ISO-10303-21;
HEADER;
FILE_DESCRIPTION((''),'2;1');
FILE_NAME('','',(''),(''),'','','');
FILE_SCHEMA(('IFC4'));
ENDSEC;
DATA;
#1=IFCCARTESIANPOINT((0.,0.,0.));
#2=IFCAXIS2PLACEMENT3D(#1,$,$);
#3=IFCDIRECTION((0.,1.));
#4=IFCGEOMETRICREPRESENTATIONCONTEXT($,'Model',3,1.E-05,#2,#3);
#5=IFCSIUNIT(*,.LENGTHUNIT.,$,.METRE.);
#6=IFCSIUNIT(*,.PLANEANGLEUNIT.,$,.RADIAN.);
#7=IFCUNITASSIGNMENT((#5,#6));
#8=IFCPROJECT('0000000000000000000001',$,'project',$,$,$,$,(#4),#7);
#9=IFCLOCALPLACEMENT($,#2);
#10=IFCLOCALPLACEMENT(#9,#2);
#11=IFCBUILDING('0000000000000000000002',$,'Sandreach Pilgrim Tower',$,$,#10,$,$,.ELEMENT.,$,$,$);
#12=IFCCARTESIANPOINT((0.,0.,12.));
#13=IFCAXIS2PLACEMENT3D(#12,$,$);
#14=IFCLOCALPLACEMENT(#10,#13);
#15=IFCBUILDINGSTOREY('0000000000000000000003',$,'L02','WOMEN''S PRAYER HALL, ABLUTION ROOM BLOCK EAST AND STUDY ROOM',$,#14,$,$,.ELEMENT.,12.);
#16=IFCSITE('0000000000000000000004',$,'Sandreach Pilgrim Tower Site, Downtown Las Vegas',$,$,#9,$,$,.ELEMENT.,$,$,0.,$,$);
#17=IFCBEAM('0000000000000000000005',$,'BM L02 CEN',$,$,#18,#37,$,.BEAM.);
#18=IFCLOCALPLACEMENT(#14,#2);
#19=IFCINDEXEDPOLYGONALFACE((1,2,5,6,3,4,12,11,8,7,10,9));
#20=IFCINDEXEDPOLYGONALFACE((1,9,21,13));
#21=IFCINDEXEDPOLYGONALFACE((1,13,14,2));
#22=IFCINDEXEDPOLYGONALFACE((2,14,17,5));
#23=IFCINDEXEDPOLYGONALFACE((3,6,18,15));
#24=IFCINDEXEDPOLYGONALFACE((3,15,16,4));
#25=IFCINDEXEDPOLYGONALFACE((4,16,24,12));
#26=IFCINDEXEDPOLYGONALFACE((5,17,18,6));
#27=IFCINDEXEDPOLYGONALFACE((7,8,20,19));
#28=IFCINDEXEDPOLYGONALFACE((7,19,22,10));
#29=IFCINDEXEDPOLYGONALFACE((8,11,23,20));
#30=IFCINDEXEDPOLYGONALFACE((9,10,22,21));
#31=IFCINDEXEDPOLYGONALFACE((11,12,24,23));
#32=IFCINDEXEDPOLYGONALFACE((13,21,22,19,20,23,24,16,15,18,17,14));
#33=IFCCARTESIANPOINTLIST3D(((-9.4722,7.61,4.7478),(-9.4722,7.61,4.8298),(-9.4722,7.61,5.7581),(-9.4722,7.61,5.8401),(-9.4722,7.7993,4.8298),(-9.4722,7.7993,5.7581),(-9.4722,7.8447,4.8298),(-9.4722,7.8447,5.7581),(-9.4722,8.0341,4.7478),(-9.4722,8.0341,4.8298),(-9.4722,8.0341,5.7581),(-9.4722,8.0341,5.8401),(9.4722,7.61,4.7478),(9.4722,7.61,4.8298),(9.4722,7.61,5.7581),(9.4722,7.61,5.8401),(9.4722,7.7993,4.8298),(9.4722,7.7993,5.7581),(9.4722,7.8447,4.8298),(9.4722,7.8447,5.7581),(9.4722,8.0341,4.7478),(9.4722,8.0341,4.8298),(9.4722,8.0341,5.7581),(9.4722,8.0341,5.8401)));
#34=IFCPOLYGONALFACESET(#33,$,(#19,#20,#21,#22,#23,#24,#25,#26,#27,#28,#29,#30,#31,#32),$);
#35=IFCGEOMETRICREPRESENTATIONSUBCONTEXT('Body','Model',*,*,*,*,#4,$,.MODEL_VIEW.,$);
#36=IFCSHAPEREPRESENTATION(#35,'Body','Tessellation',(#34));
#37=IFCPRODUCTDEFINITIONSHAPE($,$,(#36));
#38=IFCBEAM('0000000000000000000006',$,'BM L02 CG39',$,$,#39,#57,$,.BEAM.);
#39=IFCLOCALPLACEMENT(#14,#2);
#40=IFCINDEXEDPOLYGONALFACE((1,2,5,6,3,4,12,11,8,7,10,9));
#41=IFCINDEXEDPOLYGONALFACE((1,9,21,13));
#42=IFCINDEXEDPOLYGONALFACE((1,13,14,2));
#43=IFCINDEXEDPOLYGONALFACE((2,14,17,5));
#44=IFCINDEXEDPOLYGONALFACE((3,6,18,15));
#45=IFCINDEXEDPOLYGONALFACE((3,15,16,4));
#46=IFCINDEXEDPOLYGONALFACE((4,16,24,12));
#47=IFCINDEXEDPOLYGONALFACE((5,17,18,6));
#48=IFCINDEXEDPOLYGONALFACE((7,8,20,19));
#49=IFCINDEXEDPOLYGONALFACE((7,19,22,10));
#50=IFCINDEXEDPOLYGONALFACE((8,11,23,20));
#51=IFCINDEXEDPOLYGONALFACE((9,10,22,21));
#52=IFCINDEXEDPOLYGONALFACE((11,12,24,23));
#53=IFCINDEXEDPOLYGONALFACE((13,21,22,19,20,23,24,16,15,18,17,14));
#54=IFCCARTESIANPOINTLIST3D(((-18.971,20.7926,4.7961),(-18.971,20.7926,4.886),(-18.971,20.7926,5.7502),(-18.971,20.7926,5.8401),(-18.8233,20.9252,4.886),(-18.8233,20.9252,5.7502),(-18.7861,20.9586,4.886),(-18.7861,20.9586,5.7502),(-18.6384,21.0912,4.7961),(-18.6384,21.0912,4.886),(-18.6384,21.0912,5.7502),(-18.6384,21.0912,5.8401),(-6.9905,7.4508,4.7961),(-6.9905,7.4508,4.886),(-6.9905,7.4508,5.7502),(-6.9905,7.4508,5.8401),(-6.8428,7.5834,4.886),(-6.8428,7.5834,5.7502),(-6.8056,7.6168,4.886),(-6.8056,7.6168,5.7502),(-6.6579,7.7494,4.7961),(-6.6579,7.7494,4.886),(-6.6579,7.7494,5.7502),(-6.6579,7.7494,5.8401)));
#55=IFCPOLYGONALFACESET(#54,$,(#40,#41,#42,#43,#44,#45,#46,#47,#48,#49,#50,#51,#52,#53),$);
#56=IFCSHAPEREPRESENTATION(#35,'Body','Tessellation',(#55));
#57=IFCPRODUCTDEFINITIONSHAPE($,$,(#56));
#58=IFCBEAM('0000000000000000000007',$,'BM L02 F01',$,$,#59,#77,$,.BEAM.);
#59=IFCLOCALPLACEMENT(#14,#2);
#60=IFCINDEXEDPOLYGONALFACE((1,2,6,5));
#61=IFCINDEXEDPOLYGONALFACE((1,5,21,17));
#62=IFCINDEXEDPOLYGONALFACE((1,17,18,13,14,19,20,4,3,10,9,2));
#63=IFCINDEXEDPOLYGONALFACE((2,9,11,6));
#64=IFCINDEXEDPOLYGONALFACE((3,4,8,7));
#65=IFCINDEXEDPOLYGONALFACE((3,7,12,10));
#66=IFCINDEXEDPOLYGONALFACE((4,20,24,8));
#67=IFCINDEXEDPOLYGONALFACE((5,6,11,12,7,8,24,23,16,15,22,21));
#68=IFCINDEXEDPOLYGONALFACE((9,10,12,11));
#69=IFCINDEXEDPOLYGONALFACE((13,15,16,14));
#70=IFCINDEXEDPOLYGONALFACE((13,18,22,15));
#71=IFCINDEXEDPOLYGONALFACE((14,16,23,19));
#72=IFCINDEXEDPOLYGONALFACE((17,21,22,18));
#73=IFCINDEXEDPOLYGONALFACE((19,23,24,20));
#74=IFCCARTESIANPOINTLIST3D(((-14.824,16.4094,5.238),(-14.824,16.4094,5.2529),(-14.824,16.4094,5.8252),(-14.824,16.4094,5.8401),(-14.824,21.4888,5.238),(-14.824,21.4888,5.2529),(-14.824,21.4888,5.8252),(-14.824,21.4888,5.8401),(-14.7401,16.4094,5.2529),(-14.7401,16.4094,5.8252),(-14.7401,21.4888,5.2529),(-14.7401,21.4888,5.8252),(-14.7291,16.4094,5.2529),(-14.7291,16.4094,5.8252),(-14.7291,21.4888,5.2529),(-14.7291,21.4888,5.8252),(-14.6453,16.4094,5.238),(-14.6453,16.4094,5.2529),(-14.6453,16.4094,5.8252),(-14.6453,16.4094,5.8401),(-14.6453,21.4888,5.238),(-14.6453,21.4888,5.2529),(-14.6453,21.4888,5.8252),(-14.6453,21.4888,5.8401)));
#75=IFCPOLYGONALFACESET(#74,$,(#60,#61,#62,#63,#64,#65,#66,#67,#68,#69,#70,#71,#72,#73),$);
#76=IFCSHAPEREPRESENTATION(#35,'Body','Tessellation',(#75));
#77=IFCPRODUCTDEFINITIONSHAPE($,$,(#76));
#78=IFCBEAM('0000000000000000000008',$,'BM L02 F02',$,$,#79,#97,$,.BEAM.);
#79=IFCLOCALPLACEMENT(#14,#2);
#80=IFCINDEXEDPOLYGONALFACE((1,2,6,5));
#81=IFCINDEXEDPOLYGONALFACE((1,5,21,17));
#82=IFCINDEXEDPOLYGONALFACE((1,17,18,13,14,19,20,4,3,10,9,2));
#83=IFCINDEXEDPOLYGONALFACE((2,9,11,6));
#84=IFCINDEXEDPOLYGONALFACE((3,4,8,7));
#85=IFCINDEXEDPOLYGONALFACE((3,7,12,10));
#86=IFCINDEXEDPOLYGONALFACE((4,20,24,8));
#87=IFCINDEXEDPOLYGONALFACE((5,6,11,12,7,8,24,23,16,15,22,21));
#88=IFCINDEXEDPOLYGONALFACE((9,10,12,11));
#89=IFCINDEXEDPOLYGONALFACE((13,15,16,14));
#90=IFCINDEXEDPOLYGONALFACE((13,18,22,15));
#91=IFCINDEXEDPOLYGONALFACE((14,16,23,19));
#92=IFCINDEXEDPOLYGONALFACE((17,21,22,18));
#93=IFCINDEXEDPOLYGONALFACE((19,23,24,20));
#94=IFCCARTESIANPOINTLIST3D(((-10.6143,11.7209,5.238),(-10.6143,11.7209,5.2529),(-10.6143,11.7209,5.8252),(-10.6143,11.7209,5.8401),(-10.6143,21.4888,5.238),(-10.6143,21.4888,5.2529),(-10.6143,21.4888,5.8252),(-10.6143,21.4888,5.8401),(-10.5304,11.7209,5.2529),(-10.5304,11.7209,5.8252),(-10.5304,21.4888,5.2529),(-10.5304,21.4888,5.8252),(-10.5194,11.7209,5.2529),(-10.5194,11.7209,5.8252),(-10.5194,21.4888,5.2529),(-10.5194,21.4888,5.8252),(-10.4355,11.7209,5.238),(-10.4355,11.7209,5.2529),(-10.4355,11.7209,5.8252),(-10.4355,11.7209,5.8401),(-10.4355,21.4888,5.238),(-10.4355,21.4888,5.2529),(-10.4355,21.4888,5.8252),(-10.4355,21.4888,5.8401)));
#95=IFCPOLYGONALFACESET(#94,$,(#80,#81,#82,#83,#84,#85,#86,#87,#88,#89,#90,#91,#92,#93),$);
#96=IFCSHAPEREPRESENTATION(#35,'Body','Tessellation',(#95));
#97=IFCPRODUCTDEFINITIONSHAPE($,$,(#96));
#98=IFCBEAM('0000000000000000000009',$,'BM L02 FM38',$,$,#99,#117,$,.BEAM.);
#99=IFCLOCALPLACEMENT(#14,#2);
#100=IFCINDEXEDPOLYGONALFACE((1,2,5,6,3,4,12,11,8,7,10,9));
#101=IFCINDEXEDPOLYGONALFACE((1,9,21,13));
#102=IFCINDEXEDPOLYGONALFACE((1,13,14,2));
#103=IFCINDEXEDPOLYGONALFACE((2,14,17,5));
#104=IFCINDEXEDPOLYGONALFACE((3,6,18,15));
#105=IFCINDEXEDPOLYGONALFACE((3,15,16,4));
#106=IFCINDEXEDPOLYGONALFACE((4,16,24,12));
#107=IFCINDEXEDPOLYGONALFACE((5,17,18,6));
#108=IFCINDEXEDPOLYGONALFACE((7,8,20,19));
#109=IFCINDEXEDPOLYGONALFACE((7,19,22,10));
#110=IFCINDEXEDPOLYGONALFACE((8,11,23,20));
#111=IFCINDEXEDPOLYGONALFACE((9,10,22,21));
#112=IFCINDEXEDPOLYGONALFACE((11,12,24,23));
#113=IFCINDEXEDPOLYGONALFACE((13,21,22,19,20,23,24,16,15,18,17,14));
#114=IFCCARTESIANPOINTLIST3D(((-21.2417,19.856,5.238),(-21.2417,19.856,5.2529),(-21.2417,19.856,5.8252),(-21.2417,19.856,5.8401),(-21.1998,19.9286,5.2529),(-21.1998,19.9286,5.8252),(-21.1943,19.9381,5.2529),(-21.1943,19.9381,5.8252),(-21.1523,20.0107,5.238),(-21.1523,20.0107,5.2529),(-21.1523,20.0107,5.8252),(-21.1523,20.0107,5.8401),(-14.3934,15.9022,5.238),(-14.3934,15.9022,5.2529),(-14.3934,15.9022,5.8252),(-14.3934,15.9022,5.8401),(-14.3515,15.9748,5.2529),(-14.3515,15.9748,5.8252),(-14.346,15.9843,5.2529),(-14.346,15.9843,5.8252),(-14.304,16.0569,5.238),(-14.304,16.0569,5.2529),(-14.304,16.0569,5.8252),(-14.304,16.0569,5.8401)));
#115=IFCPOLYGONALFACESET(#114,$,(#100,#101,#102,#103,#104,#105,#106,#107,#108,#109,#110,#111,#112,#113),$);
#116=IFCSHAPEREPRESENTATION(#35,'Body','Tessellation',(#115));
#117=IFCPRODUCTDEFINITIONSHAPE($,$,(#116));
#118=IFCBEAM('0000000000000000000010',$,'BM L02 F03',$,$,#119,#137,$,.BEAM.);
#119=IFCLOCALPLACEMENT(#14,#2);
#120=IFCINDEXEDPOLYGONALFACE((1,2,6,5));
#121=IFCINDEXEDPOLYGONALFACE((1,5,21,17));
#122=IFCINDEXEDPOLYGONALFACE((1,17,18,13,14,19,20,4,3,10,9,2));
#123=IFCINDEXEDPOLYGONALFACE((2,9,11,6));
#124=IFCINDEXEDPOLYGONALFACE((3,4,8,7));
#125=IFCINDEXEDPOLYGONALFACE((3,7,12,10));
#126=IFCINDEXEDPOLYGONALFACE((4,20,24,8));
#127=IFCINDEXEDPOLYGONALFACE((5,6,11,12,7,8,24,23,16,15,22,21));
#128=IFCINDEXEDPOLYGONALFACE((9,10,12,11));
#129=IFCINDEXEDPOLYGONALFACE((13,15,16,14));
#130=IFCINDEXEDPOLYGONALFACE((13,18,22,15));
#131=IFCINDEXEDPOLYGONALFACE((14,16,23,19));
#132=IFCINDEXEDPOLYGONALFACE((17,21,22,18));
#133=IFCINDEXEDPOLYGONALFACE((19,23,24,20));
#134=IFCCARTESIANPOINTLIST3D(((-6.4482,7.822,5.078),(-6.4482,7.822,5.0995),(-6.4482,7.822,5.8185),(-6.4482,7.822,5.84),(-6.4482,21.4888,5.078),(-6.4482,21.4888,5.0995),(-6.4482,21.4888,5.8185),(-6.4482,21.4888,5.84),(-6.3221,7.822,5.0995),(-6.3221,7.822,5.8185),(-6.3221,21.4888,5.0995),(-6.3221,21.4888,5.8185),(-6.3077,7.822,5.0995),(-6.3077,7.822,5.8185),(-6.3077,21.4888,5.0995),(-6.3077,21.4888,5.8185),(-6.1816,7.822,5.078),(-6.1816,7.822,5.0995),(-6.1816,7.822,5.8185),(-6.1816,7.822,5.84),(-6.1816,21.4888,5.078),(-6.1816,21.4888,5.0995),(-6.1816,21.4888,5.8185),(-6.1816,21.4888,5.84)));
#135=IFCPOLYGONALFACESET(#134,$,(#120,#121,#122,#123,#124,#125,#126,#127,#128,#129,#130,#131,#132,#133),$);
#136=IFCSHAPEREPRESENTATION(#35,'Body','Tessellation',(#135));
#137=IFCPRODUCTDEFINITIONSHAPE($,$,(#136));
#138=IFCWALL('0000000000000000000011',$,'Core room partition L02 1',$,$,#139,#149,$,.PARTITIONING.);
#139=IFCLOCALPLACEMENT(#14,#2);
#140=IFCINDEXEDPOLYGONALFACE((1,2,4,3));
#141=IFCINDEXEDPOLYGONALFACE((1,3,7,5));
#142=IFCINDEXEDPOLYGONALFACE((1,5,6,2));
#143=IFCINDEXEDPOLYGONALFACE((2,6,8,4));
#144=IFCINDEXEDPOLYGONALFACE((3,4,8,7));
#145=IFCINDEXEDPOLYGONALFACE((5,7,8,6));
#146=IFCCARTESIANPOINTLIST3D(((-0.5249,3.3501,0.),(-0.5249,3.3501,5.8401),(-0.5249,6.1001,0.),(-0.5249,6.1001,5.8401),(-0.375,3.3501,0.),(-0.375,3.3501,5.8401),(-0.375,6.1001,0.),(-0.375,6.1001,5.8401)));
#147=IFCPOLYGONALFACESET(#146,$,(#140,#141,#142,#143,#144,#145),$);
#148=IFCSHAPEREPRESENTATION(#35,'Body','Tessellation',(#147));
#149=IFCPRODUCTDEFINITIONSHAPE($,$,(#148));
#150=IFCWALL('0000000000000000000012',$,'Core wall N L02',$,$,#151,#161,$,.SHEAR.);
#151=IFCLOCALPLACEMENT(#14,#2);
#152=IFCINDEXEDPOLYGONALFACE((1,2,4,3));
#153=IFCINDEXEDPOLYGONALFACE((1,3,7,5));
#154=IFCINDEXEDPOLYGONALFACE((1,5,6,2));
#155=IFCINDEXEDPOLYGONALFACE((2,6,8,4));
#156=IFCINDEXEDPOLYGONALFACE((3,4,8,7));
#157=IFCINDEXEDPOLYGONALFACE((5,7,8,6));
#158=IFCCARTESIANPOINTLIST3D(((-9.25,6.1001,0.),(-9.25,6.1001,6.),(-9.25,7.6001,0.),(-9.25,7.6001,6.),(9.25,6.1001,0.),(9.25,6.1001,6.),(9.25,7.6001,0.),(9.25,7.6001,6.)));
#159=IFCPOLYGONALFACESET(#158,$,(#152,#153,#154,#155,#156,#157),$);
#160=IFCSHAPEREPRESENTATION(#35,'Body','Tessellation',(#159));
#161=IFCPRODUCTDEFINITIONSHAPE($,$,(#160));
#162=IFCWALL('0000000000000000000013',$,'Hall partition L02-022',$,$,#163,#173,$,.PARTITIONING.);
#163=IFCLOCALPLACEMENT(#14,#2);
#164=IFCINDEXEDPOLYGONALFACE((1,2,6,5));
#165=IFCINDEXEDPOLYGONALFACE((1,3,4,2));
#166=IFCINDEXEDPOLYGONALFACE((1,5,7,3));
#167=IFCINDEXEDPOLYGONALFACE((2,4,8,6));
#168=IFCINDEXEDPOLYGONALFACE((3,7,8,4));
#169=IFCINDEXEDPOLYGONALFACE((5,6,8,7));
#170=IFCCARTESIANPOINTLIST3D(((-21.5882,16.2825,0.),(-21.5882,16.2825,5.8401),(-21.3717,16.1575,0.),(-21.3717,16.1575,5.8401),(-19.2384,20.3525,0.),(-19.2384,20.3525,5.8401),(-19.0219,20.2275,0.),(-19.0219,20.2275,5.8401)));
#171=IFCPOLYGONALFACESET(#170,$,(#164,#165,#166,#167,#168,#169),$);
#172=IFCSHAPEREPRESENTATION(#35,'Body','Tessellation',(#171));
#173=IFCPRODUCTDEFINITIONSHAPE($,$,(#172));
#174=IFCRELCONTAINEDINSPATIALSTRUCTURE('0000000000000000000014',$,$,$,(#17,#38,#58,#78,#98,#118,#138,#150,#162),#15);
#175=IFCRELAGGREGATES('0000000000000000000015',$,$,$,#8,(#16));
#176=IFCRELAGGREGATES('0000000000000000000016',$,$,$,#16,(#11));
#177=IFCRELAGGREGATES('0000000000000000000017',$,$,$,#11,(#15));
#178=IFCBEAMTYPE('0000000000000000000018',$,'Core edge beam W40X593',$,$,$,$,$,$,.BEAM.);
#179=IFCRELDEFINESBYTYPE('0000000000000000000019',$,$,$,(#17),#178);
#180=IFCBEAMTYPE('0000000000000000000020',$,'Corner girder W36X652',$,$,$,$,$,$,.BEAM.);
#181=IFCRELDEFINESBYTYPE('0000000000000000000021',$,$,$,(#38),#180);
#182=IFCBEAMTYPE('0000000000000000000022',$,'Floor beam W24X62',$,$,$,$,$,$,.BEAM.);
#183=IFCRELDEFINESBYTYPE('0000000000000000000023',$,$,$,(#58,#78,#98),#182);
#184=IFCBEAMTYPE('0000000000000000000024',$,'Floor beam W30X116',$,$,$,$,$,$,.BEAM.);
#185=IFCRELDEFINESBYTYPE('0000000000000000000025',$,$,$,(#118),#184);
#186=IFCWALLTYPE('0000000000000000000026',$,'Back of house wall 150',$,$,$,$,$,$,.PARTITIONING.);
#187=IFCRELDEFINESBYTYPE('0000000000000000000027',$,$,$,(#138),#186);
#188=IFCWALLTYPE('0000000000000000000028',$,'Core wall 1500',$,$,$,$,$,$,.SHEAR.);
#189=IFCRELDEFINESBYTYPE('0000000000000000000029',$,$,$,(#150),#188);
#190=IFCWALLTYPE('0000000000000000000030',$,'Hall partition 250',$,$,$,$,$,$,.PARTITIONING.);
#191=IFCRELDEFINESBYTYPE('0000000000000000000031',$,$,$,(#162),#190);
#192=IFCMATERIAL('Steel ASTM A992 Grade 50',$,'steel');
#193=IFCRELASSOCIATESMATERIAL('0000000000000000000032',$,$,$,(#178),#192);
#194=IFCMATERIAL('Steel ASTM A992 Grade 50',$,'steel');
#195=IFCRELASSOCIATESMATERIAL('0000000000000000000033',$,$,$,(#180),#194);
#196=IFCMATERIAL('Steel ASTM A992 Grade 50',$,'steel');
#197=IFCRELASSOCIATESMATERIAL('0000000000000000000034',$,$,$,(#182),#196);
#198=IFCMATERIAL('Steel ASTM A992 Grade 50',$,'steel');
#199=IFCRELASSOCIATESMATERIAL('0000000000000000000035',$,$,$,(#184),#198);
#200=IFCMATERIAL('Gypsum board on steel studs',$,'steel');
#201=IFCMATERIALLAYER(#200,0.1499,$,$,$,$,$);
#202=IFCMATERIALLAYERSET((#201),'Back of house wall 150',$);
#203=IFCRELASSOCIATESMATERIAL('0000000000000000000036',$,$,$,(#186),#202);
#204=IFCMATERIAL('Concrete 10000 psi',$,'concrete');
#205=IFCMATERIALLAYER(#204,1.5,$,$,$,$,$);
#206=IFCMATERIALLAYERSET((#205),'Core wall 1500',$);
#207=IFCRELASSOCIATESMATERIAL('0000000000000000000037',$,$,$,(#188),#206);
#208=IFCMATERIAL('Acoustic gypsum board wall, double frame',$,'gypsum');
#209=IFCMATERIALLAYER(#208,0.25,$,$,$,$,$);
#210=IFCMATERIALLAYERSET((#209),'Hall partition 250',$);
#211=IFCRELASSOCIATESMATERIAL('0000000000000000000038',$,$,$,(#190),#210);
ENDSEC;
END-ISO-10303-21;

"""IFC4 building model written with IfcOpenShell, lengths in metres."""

from ifc_helpers import new_model, si_unit, direction, frame, frame_2d, origin, origin_2d, place, context, subcontext, project, spatial, rectangle, i_section, extrude, material, layer, layer_set, material_profile, profile_set, type_object, element, save


model = new_model("IFC4")

# Units and contexts
model_context = context("Model", 3, precision=1e-05, world=origin(), true_north=direction((0.0, 1.0)))
body_context = subcontext(model_context, "Body", "Model", "MODEL_VIEW")
ifc_project = project(units=[si_unit("LENGTHUNIT", "METRE"), si_unit("PLANEANGLEUNIT", "RADIAN")], contexts=[model_context])

# Site, building, storey
site_placement = place(None, origin())
site = spatial("IfcSite", under=ifc_project, at=site_placement, Name="Sandreach Pilgrim Tower Site, Downtown Las Vegas", CompositionType="ELEMENT", RefElevation=0.0)
building_placement = place(site_placement, origin())
building = spatial("IfcBuilding", under=site, at=building_placement, Name="Sandreach Pilgrim Tower", CompositionType="ELEMENT")
storey_placement = place(building_placement, frame((0.0, 0.0, 12.0)))
storey = spatial("IfcBuildingStorey", under=building, at=storey_placement, Name="L02", Description="WOMEN'S PRAYER HALL, ABLUTION ROOM BLOCK EAST AND STUDY ROOM", CompositionType="ELEMENT", Elevation=12.0)

# Beams
ifc_material_1 = material(Name="Steel ASTM A992 Grade 50", Category="steel")
ifc_material_profile_1 = material_profile(ifc_material_1, i_section(OverallWidth=0.4241, OverallDepth=1.0923, WebThickness=0.0454, FlangeThickness=0.082, at=origin_2d()), Name="W40X593")
ifc_profile_set_1 = profile_set([ifc_material_profile_1], Name="Steel ASTM A992 Grade 50")
beam_type_1 = type_object("IfcBeamType", Name="Core edge beam W40X593", PredefinedType="BEAM", material=ifc_profile_set_1)
beam_1_placement = place(storey_placement, frame((-9.4722, 7.822, 5.2939), z_axis=(1.0, 0.0, 0.0), x_axis=(0.0, 1.0, 0.0)))
element("IfcBeam", 1, at=beam_1_placement, inside=storey, type_object=beam_type_1, Name="BM L02 CEN", PredefinedType="BEAM", context=body_context, shape_type="SweptSolid", body=[
    extrude(i_section(OverallWidth=0.4241, OverallDepth=1.0923, WebThickness=0.0454, FlangeThickness=0.082, at=origin_2d()), origin(), (0.0, 0.0, 1.0), 18.9443),
])
ifc_material_2 = material(Name="Steel ASTM A992 Grade 50", Category="steel")
ifc_material_profile_2 = material_profile(ifc_material_2, i_section(OverallWidth=0.447, OverallDepth=1.0439, WebThickness=0.05, FlangeThickness=0.0898, at=origin_2d()), Name="W36X652")
ifc_profile_set_2 = profile_set([ifc_material_profile_2], Name="Steel ASTM A992 Grade 50")
beam_type_2 = type_object("IfcBeamType", Name="Corner girder W36X652", PredefinedType="BEAM", material=ifc_profile_set_2)
beam_2_placement = place(storey_placement, frame((-18.8047, 20.9419, 5.3181), z_axis=(0.668128, -0.744047, 0.0), x_axis=(0.744047, 0.668128, 0.0)))
element("IfcBeam", 2, at=beam_2_placement, inside=storey, type_object=beam_type_2, Name="BM L02 CG39", PredefinedType="BEAM", context=body_context, shape_type="SweptSolid", body=[
    extrude(i_section(OverallWidth=0.447, OverallDepth=1.0439, WebThickness=0.05, FlangeThickness=0.0898, at=origin_2d()), origin(), (0.0, 0.0, 1.0), 17.9314),
])
ifc_material_3 = material(Name="Steel ASTM A992 Grade 50", Category="steel")
ifc_material_profile_3 = material_profile(ifc_material_3, i_section(OverallWidth=0.1787, OverallDepth=0.6021, WebThickness=0.011, FlangeThickness=0.0149, at=origin_2d()), Name="W24X62")
ifc_profile_set_3 = profile_set([ifc_material_profile_3], Name="Steel ASTM A992 Grade 50")
beam_type_3 = type_object("IfcBeamType", Name="Floor beam W24X62", PredefinedType="BEAM", material=ifc_profile_set_3)
beam_3_placement = place(storey_placement, frame((-14.7346, 21.4888, 5.5391), z_axis=(0.0, -1.0, 0.0), x_axis=(1.0, 0.0, 0.0)))
element("IfcBeam", 3, at=beam_3_placement, inside=storey, type_object=beam_type_3, Name="BM L02 F01", PredefinedType="BEAM", context=body_context, shape_type="SweptSolid", body=[
    extrude(i_section(OverallWidth=0.1787, OverallDepth=0.6021, WebThickness=0.011, FlangeThickness=0.0149, at=origin_2d()), origin(), (0.0, 0.0, 1.0), 5.0793),
])
beam_4_placement = place(storey_placement, frame((-10.5249, 21.4888, 5.5391), z_axis=(0.0, -1.0, 0.0), x_axis=(1.0, 0.0, 0.0)))
element("IfcBeam", 4, at=beam_4_placement, inside=storey, type_object=beam_type_3, Name="BM L02 F02", PredefinedType="BEAM", context=body_context, shape_type="SweptSolid", body=[
    extrude(i_section(OverallWidth=0.1787, OverallDepth=0.6021, WebThickness=0.011, FlangeThickness=0.0149, at=origin_2d()), origin(), (0.0, 0.0, 1.0), 9.7678),
])
beam_5_placement = place(storey_placement, frame((-21.197, 19.9333, 5.5391), z_axis=(0.866029, -0.499994, 0.0), x_axis=(0.499994, 0.866029, 0.0)))
element("IfcBeam", 5, at=beam_5_placement, inside=storey, type_object=beam_type_3, Name="BM L02 FM38", PredefinedType="BEAM", context=body_context, shape_type="SweptSolid", body=[
    extrude(i_section(OverallWidth=0.1787, OverallDepth=0.6021, WebThickness=0.011, FlangeThickness=0.0149, at=origin_2d()), origin(), (0.0, 0.0, 1.0), 7.9077),
])
ifc_material_4 = material(Name="Steel ASTM A992 Grade 50", Category="steel")
ifc_material_profile_4 = material_profile(ifc_material_4, i_section(OverallWidth=0.2666, OverallDepth=0.762, WebThickness=0.0144, FlangeThickness=0.0215, at=origin_2d()), Name="W30X116")
ifc_profile_set_4 = profile_set([ifc_material_profile_4], Name="Steel ASTM A992 Grade 50")
beam_type_4 = type_object("IfcBeamType", Name="Floor beam W30X116", PredefinedType="BEAM", material=ifc_profile_set_4)
beam_6_placement = place(storey_placement, frame((-6.3149, 21.4888, 5.459), z_axis=(0.0, -1.0, 0.0), x_axis=(1.0, 0.0, 0.0)))
element("IfcBeam", 6, at=beam_6_placement, inside=storey, type_object=beam_type_4, Name="BM L02 F03", PredefinedType="BEAM", context=body_context, shape_type="SweptSolid", body=[
    extrude(i_section(OverallWidth=0.2666, OverallDepth=0.762, WebThickness=0.0144, FlangeThickness=0.0215, at=origin_2d()), origin(), (0.0, 0.0, 1.0), 13.6667),
])

# Wall
ifc_material_5 = material(Name="Gypsum board on steel studs", Category="steel")
ifc_layer_1 = layer(ifc_material_5, 0.1499)
ifc_layer_set_1 = layer_set([ifc_layer_1], Name="Back of house wall 150")
wall_type_1 = type_object("IfcWallType", Name="Back of house wall 150", PredefinedType="PARTITIONING", material=ifc_layer_set_1)
wall_1_placement = place(storey_placement, frame((-0.45, 3.3501, 0.0), z_axis=(0.0, 0.0, 1.0), x_axis=(0.0, 1.0, 0.0)))
element("IfcWall", 7, at=wall_1_placement, inside=storey, type_object=wall_type_1, Name="Core room partition L02 1", PredefinedType="PARTITIONING", context=body_context, shape_type="SweptSolid", body=[
    extrude(rectangle(XDim=2.75, YDim=0.1499, at=frame_2d((1.375, 0.0))), origin(), (0.0, 0.0, 1.0), 5.8401),
])

# Walls
ifc_material_6 = material(Name="Concrete 10000 psi", Category="concrete")
ifc_layer_2 = layer(ifc_material_6, 1.5)
ifc_layer_set_2 = layer_set([ifc_layer_2], Name="Core wall 1500")
wall_type_2 = type_object("IfcWallType", Name="Core wall 1500", PredefinedType="SHEAR", material=ifc_layer_set_2)
wall_2_placement = place(storey_placement, frame((-9.25, 6.8501, 0.0), z_axis=(0.0, 0.0, 1.0), x_axis=(1.0, 0.0, 0.0)))
element("IfcWall", 8, at=wall_2_placement, inside=storey, type_object=wall_type_2, Name="Core wall N L02", PredefinedType="SHEAR", context=body_context, shape_type="SweptSolid", body=[
    extrude(rectangle(XDim=18.5, YDim=1.5, at=frame_2d((9.25, 0.0))), origin(), (0.0, 0.0, 1.0), 6.0),
])
ifc_material_7 = material(Name="Acoustic gypsum board wall, double frame", Category="gypsum")
ifc_layer_3 = layer(ifc_material_7, 0.25)
ifc_layer_set_3 = layer_set([ifc_layer_3], Name="Hall partition 250")
wall_type_3 = type_object("IfcWallType", Name="Hall partition 250", PredefinedType="PARTITIONING", material=ifc_layer_set_3)
wall_3_placement = place(storey_placement, frame((-21.48, 16.22, 0.0), z_axis=(0.0, 0.0, 1.0), x_axis=(0.5, 0.866026, 0.0)))
element("IfcWall", 9, at=wall_3_placement, inside=storey, type_object=wall_type_3, Name="Hall partition L02-022", PredefinedType="PARTITIONING", context=body_context, shape_type="SweptSolid", body=[
    extrude(rectangle(XDim=4.6997, YDim=0.25, at=frame_2d((2.3499, 0.0))), origin(), (0.0, 0.0, 1.0), 5.8401),
])

save(model, "model.ifc")
